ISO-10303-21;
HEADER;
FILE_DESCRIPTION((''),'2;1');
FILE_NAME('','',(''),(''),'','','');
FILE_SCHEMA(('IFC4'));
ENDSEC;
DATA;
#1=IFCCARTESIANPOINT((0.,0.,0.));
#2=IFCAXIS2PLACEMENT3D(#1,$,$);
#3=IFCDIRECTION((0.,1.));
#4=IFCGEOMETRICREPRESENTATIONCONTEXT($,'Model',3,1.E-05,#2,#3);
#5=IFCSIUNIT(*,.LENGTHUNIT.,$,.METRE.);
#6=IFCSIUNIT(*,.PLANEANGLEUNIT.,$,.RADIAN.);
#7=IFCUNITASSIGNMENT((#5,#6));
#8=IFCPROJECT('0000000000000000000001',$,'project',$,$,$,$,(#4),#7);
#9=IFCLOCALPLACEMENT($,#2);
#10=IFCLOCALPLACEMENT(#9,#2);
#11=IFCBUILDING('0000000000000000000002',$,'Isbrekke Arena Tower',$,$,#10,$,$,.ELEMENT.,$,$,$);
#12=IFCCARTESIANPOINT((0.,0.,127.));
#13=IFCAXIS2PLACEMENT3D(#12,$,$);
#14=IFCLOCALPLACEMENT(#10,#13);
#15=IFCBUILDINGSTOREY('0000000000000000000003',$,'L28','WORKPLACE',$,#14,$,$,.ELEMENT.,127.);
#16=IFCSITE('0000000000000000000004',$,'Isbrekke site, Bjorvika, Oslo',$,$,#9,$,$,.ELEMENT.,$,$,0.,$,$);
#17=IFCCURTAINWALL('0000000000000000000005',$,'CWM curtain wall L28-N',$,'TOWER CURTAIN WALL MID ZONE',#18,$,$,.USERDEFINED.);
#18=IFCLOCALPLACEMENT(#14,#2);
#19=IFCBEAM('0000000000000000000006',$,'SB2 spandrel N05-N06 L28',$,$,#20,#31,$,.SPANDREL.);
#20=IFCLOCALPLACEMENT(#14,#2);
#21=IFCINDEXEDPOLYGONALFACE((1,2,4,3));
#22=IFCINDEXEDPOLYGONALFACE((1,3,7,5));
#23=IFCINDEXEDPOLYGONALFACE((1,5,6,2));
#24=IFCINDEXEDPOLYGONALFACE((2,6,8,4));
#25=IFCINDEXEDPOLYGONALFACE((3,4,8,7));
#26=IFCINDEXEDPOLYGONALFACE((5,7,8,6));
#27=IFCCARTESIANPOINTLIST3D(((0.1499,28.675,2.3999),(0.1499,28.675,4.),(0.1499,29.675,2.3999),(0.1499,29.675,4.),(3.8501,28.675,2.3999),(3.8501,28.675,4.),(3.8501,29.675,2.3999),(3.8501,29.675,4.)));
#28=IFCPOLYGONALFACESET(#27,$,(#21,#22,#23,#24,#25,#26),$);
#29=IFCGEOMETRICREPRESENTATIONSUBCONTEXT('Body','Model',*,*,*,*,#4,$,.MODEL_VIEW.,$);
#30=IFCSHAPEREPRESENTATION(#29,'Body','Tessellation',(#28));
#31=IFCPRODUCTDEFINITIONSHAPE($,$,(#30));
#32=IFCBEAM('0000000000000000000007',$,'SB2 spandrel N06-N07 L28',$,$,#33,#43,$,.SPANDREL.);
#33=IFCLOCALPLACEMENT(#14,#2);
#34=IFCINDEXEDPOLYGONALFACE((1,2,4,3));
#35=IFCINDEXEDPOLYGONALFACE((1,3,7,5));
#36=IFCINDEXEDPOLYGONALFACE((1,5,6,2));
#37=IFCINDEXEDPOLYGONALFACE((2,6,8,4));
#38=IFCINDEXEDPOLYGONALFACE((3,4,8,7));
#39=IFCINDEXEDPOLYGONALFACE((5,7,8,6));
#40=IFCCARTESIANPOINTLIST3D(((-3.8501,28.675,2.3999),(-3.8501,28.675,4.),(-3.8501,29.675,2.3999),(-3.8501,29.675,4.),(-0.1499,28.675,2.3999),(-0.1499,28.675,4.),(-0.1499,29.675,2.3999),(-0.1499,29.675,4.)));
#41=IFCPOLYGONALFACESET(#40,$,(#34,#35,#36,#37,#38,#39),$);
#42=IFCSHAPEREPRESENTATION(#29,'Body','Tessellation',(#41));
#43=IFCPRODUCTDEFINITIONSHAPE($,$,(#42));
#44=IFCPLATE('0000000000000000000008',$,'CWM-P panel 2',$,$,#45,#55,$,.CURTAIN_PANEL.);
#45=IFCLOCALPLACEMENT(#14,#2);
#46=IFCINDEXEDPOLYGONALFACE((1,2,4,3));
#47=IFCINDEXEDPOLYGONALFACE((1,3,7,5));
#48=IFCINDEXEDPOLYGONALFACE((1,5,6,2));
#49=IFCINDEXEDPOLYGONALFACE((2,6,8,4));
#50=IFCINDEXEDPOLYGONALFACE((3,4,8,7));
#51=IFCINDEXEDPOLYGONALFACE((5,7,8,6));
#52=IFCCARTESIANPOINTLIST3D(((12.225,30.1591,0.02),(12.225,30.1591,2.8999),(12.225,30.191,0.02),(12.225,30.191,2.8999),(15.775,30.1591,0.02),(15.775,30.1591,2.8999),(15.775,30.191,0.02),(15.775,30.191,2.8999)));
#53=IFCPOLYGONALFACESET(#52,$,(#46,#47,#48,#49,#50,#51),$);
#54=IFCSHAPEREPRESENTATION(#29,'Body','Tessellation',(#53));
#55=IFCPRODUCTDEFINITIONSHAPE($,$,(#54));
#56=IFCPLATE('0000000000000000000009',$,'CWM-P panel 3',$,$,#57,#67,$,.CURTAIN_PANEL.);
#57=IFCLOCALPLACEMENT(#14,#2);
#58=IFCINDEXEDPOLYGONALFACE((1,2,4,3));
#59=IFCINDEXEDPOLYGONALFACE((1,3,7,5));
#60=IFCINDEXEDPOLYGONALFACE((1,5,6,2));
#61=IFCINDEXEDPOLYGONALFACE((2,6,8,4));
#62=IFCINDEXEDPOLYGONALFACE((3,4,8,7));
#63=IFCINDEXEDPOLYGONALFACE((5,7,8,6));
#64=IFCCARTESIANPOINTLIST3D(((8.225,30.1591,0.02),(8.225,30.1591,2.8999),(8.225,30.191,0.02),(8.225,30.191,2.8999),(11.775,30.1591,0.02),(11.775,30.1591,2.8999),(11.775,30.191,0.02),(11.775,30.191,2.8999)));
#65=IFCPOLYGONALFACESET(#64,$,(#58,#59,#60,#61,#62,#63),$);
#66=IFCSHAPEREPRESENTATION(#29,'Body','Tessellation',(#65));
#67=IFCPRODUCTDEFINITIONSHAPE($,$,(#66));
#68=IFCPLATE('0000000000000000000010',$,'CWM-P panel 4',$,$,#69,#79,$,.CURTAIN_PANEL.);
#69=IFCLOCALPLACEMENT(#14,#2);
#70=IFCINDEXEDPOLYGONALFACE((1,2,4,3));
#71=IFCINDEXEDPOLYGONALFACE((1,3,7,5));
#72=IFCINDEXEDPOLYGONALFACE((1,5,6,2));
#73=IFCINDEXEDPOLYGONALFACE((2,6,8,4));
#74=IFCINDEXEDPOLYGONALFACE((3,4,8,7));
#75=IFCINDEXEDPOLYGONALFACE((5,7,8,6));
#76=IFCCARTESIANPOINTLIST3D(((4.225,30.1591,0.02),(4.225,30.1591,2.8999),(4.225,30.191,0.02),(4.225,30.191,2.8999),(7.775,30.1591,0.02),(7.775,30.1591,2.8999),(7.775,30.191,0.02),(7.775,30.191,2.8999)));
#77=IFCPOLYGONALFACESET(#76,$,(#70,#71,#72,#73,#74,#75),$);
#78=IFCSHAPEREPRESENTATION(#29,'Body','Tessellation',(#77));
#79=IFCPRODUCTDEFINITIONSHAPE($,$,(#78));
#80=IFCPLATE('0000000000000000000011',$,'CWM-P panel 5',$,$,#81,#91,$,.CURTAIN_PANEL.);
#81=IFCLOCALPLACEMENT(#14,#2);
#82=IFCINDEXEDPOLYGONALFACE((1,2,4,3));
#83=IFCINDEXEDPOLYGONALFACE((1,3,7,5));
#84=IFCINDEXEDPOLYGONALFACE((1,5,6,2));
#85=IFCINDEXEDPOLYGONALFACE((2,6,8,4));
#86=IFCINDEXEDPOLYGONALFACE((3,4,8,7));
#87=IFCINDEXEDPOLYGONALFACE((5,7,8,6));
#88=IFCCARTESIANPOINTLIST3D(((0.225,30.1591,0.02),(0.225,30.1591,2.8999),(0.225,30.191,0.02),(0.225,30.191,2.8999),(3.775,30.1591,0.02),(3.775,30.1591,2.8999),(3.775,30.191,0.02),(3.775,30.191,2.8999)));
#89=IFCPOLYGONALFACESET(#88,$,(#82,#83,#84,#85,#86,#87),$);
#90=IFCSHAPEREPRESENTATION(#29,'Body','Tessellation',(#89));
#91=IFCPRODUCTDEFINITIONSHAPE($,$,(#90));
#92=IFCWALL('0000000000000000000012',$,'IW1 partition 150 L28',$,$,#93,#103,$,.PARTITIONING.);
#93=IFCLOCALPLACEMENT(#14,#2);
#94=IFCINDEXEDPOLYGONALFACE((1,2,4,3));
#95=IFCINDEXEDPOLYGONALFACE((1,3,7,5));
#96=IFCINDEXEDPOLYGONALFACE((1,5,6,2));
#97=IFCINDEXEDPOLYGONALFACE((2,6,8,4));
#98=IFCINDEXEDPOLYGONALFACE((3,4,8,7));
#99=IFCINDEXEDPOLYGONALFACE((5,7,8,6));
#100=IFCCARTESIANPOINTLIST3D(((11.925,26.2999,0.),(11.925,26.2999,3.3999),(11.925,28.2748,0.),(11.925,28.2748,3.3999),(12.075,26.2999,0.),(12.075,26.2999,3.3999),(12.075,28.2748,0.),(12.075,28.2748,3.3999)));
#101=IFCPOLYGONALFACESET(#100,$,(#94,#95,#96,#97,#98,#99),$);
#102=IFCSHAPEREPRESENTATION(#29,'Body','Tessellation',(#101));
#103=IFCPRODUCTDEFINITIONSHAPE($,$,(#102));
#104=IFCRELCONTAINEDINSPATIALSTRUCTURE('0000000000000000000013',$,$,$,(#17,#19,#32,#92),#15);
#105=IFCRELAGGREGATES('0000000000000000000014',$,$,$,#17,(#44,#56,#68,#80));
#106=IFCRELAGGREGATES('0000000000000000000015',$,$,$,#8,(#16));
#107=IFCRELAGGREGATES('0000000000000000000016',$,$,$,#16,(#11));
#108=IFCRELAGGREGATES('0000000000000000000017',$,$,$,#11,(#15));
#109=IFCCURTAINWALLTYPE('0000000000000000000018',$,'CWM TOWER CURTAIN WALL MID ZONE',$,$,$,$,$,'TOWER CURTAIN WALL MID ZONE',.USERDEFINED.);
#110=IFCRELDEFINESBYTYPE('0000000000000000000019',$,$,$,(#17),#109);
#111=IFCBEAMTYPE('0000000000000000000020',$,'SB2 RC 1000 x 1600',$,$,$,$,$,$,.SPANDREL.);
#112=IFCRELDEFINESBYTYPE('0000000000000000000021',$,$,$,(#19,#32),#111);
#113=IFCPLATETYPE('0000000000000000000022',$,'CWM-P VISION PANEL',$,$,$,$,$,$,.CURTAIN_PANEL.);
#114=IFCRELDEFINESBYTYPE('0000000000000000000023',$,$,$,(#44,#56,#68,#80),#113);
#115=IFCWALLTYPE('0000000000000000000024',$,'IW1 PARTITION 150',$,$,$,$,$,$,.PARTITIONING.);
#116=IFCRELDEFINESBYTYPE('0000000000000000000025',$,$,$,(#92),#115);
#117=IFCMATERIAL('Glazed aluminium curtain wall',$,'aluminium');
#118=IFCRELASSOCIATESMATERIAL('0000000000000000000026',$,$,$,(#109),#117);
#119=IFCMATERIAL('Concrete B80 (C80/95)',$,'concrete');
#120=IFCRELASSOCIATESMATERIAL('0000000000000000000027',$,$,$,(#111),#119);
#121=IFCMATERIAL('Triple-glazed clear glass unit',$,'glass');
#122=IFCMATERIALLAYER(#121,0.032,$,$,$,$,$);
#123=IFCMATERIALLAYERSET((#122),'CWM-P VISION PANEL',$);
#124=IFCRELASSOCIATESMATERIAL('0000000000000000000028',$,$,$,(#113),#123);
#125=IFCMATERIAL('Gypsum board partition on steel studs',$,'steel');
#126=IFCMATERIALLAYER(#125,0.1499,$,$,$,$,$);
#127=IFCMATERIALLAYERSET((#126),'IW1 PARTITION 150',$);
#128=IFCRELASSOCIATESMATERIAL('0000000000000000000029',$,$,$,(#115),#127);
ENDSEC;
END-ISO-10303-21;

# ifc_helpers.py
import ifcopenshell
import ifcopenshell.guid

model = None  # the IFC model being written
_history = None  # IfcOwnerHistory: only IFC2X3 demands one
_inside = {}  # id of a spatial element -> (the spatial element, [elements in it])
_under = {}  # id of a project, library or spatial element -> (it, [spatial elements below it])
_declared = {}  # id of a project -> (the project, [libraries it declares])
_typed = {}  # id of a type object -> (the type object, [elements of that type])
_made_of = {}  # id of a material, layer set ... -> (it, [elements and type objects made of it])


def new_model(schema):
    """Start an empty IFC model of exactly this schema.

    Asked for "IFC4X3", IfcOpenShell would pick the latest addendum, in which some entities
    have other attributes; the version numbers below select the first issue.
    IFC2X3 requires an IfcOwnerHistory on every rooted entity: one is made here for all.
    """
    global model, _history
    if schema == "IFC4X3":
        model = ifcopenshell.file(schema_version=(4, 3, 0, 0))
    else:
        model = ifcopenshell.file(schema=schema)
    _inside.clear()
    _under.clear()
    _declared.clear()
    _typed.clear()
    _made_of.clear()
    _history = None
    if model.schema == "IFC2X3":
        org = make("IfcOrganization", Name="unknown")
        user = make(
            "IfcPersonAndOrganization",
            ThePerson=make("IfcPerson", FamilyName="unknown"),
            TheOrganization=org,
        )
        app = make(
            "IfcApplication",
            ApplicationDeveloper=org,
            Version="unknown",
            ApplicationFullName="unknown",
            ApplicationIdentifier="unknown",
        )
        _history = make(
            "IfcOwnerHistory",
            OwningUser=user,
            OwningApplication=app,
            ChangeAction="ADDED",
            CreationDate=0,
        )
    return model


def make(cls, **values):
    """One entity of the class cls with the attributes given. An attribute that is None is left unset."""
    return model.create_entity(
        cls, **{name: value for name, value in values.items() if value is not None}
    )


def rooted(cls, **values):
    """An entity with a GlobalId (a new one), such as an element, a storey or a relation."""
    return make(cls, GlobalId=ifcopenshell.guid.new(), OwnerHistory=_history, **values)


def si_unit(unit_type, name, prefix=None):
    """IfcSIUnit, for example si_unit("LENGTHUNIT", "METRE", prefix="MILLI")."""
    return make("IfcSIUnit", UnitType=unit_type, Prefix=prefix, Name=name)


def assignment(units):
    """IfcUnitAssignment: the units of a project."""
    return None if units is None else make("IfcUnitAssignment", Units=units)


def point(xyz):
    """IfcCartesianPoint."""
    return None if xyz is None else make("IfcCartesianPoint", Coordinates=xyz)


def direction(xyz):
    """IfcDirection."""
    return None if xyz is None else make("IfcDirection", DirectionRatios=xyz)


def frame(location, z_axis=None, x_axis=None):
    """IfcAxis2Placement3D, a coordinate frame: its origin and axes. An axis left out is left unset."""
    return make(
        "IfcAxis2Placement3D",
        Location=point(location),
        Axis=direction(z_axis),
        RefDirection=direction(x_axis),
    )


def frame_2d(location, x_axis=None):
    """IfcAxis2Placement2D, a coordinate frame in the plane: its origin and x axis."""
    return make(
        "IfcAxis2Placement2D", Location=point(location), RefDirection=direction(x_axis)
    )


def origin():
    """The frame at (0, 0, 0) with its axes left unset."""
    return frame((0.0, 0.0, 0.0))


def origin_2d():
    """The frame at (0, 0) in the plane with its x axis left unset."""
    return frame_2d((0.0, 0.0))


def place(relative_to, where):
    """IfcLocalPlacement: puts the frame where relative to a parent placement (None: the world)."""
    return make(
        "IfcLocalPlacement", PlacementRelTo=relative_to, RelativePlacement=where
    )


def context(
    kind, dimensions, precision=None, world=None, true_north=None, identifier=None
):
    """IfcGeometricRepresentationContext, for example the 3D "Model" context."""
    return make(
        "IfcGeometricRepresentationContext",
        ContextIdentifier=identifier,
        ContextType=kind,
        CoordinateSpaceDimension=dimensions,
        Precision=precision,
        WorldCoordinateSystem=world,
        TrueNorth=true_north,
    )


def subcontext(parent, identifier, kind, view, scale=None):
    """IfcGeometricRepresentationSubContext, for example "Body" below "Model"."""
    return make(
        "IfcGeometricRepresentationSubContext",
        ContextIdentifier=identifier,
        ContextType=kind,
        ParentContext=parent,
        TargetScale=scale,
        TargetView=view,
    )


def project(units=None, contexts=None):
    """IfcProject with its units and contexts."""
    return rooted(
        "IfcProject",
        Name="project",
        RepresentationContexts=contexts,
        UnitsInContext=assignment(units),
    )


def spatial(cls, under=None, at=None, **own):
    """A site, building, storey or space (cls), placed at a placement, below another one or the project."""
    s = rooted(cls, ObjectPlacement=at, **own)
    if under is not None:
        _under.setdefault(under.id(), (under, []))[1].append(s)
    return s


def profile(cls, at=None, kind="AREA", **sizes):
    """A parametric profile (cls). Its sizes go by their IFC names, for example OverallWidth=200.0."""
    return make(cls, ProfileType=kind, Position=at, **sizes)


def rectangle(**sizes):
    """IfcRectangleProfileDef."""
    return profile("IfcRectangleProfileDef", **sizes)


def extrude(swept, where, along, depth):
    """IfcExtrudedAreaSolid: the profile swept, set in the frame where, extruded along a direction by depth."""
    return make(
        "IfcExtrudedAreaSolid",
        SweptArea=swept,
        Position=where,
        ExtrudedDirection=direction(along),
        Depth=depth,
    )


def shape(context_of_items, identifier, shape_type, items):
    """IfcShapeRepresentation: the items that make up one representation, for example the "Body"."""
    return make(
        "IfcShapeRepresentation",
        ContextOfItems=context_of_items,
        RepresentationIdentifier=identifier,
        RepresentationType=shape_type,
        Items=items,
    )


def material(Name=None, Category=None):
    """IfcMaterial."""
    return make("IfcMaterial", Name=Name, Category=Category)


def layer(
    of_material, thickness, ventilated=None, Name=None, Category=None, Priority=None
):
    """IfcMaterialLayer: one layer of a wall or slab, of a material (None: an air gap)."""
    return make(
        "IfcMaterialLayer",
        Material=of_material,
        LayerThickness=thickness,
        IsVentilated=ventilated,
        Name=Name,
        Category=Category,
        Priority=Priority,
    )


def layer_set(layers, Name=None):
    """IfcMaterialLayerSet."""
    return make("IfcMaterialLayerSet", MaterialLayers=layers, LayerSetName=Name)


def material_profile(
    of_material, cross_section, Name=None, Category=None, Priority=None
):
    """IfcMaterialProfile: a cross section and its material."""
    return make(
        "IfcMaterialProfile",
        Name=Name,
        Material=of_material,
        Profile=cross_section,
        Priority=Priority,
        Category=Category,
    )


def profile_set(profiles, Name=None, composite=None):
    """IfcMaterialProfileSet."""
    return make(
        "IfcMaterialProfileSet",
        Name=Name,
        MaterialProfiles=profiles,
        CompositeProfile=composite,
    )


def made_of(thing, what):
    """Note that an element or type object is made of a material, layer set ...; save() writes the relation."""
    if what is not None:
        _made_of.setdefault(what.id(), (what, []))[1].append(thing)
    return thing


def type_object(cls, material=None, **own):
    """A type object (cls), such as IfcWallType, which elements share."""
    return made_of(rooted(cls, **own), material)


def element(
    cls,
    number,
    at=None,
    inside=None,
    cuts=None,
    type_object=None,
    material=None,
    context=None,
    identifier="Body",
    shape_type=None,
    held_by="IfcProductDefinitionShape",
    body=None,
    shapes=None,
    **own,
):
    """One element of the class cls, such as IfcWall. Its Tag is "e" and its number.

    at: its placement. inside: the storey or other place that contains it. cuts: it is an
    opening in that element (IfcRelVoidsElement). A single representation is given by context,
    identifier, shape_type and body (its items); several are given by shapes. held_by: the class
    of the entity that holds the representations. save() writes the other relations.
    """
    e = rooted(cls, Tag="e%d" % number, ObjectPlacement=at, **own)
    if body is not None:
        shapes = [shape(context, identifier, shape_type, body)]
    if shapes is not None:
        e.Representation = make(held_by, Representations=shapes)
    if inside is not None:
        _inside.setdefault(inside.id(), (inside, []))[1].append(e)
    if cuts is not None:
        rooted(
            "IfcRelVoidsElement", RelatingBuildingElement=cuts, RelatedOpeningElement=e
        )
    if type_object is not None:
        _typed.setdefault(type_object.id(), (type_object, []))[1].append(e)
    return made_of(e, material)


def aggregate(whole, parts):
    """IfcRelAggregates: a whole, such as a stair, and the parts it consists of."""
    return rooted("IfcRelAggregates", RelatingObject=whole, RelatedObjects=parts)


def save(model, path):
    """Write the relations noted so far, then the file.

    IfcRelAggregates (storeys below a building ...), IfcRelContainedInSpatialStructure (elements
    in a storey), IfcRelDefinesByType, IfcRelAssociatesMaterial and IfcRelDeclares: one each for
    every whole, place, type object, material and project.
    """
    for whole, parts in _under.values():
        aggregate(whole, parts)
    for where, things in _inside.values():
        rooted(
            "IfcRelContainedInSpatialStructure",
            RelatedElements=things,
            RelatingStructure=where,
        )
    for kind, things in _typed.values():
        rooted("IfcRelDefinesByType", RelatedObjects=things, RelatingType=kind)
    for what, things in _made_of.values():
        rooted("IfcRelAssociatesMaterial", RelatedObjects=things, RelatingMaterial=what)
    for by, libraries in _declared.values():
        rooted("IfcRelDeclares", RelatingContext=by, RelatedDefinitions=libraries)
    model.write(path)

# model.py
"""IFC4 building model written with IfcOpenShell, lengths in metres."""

from ifc_helpers import new_model, si_unit, direction, frame, frame_2d, origin, origin_2d, place, context, subcontext, project, spatial, rectangle, extrude, material, layer, layer_set, material_profile, profile_set, type_object, element, aggregate, save


model = new_model("IFC4")

# Units and contexts
model_context = context("Model", 3, precision=1e-05, world=origin(), true_north=direction((0.0, 1.0)))
body_context = subcontext(model_context, "Body", "Model", "MODEL_VIEW")
ifc_project = project(units=[si_unit("LENGTHUNIT", "METRE"), si_unit("PLANEANGLEUNIT", "RADIAN")], contexts=[model_context])

# Site, building, storey
site_placement = place(None, origin())
site = spatial("IfcSite", under=ifc_project, at=site_placement, Name="Isbrekke site, Bjorvika, Oslo", CompositionType="ELEMENT", RefElevation=0.0)
building_placement = place(site_placement, origin())
building = spatial("IfcBuilding", under=site, at=building_placement, Name="Isbrekke Arena Tower", CompositionType="ELEMENT")
storey_placement = place(building_placement, frame((0.0, 0.0, 127.0)))
storey = spatial("IfcBuildingStorey", under=building, at=storey_placement, Name="L28", Description="WORKPLACE", CompositionType="ELEMENT", Elevation=127.0)

# Curtain wall
ifc_material_1 = material(Name="Glazed aluminium curtain wall", Category="aluminium")
curtain_wall_type = type_object("IfcCurtainWallType", Name="CWM TOWER CURTAIN WALL MID ZONE", ElementType="TOWER CURTAIN WALL MID ZONE", PredefinedType="USERDEFINED", material=ifc_material_1)
curtain_wall_placement = place(storey_placement, origin())
curtain_wall = element("IfcCurtainWall", 1, at=curtain_wall_placement, inside=storey, type_object=curtain_wall_type, Name="CWM curtain wall L28-N", ObjectType="TOWER CURTAIN WALL MID ZONE", PredefinedType="USERDEFINED")

# Beams
ifc_material_2 = material(Name="Concrete B80 (C80/95)", Category="concrete")
ifc_material_profile_1 = material_profile(ifc_material_2, rectangle(XDim=1.0, YDim=1.6001, at=origin_2d()), Name="RC 1000x1600")
ifc_profile_set_1 = profile_set([ifc_material_profile_1], Name="Concrete B80 (C80/95)")
beam_type_1 = type_object("IfcBeamType", Name="SB2 RC 1000 x 1600", PredefinedType="SPANDREL", material=ifc_profile_set_1)
for number, where, z_axis, x_axis, name in (
    (2, (3.8501, 29.175, 3.2), (-1.0, 0.0, 0.0), (0.0, -1.0, 0.0), "SB2 spandrel N05-N06 L28"),
    (3, (-0.1499, 29.175, 3.2), (-1.0, 0.0, 0.0), (0.0, -1.0, 0.0), "SB2 spandrel N06-N07 L28"),
):
    element("IfcBeam", number, at=place(storey_placement, frame(where, z_axis=z_axis, x_axis=x_axis)), inside=storey, type_object=beam_type_1, Name=name, PredefinedType="SPANDREL", context=body_context, shape_type="SweptSolid", body=[
        extrude(rectangle(XDim=1.0, YDim=1.6001, at=origin_2d()), origin(), (0.0, 0.0, 1.0), 3.7002),
    ])

# Plates
ifc_material_3 = material(Name="Triple-glazed clear glass unit", Category="glass")
ifc_layer_1 = layer(ifc_material_3, 0.032)
ifc_layer_set_1 = layer_set([ifc_layer_1], Name="CWM-P VISION PANEL")
plate_type = type_object("IfcPlateType", Name="CWM-P VISION PANEL", PredefinedType="CURTAIN_PANEL", material=ifc_layer_set_1)
plate_1_placement = place(storey_placement, frame((14.0, 30.175, 0.02), z_axis=(0.0, 0.0, 1.0), x_axis=(-1.0, 0.0, 0.0)))
plate_1 = element("IfcPlate", 4, at=plate_1_placement, type_object=plate_type, Name="CWM-P panel 2", PredefinedType="CURTAIN_PANEL", context=body_context, shape_type="SweptSolid", body=[
    extrude(rectangle(XDim=3.55, YDim=0.032, at=origin_2d()), origin(), (0.0, 0.0, 1.0), 2.8799),
])
plate_2_placement = place(storey_placement, frame((10.0, 30.175, 0.02), z_axis=(0.0, 0.0, 1.0), x_axis=(-1.0, 0.0, 0.0)))
plate_2 = element("IfcPlate", 5, at=plate_2_placement, type_object=plate_type, Name="CWM-P panel 3", PredefinedType="CURTAIN_PANEL", context=body_context, shape_type="SweptSolid", body=[
    extrude(rectangle(XDim=3.55, YDim=0.032, at=origin_2d()), origin(), (0.0, 0.0, 1.0), 2.8799),
])
plate_3_placement = place(storey_placement, frame((6.0, 30.175, 0.02), z_axis=(0.0, 0.0, 1.0), x_axis=(-1.0, 0.0, 0.0)))
plate_3 = element("IfcPlate", 6, at=plate_3_placement, type_object=plate_type, Name="CWM-P panel 4", PredefinedType="CURTAIN_PANEL", context=body_context, shape_type="SweptSolid", body=[
    extrude(rectangle(XDim=3.55, YDim=0.032, at=origin_2d()), origin(), (0.0, 0.0, 1.0), 2.8799),
])
plate_4_placement = place(storey_placement, frame((2.0, 30.175, 0.02), z_axis=(0.0, 0.0, 1.0), x_axis=(-1.0, 0.0, 0.0)))
plate_4 = element("IfcPlate", 7, at=plate_4_placement, type_object=plate_type, Name="CWM-P panel 5", PredefinedType="CURTAIN_PANEL", context=body_context, shape_type="SweptSolid", body=[
    extrude(rectangle(XDim=3.55, YDim=0.032, at=origin_2d()), origin(), (0.0, 0.0, 1.0), 2.8799),
])
aggregate(curtain_wall, [plate_1, plate_2, plate_3, plate_4])

# Wall
ifc_material_4 = material(Name="Gypsum board partition on steel studs", Category="steel")
ifc_layer_2 = layer(ifc_material_4, 0.1499)
ifc_layer_set_2 = layer_set([ifc_layer_2], Name="IW1 PARTITION 150")
wall_type = type_object("IfcWallType", Name="IW1 PARTITION 150", PredefinedType="PARTITIONING", material=ifc_layer_set_2)
wall_placement = place(storey_placement, frame((12.0, 26.3, 0.0), z_axis=(0.0, 0.0, 1.0), x_axis=(0.0, 1.0, 0.0)))
element("IfcWall", 8, at=wall_placement, inside=storey, type_object=wall_type, Name="IW1 partition 150 L28", PredefinedType="PARTITIONING", context=body_context, shape_type="SweptSolid", body=[
    extrude(rectangle(XDim=1.9749, YDim=0.1499, at=frame_2d((0.9873, 0.0))), origin(), (0.0, 0.0, 1.0), 3.3999),
])

save(model, "model.ifc")
